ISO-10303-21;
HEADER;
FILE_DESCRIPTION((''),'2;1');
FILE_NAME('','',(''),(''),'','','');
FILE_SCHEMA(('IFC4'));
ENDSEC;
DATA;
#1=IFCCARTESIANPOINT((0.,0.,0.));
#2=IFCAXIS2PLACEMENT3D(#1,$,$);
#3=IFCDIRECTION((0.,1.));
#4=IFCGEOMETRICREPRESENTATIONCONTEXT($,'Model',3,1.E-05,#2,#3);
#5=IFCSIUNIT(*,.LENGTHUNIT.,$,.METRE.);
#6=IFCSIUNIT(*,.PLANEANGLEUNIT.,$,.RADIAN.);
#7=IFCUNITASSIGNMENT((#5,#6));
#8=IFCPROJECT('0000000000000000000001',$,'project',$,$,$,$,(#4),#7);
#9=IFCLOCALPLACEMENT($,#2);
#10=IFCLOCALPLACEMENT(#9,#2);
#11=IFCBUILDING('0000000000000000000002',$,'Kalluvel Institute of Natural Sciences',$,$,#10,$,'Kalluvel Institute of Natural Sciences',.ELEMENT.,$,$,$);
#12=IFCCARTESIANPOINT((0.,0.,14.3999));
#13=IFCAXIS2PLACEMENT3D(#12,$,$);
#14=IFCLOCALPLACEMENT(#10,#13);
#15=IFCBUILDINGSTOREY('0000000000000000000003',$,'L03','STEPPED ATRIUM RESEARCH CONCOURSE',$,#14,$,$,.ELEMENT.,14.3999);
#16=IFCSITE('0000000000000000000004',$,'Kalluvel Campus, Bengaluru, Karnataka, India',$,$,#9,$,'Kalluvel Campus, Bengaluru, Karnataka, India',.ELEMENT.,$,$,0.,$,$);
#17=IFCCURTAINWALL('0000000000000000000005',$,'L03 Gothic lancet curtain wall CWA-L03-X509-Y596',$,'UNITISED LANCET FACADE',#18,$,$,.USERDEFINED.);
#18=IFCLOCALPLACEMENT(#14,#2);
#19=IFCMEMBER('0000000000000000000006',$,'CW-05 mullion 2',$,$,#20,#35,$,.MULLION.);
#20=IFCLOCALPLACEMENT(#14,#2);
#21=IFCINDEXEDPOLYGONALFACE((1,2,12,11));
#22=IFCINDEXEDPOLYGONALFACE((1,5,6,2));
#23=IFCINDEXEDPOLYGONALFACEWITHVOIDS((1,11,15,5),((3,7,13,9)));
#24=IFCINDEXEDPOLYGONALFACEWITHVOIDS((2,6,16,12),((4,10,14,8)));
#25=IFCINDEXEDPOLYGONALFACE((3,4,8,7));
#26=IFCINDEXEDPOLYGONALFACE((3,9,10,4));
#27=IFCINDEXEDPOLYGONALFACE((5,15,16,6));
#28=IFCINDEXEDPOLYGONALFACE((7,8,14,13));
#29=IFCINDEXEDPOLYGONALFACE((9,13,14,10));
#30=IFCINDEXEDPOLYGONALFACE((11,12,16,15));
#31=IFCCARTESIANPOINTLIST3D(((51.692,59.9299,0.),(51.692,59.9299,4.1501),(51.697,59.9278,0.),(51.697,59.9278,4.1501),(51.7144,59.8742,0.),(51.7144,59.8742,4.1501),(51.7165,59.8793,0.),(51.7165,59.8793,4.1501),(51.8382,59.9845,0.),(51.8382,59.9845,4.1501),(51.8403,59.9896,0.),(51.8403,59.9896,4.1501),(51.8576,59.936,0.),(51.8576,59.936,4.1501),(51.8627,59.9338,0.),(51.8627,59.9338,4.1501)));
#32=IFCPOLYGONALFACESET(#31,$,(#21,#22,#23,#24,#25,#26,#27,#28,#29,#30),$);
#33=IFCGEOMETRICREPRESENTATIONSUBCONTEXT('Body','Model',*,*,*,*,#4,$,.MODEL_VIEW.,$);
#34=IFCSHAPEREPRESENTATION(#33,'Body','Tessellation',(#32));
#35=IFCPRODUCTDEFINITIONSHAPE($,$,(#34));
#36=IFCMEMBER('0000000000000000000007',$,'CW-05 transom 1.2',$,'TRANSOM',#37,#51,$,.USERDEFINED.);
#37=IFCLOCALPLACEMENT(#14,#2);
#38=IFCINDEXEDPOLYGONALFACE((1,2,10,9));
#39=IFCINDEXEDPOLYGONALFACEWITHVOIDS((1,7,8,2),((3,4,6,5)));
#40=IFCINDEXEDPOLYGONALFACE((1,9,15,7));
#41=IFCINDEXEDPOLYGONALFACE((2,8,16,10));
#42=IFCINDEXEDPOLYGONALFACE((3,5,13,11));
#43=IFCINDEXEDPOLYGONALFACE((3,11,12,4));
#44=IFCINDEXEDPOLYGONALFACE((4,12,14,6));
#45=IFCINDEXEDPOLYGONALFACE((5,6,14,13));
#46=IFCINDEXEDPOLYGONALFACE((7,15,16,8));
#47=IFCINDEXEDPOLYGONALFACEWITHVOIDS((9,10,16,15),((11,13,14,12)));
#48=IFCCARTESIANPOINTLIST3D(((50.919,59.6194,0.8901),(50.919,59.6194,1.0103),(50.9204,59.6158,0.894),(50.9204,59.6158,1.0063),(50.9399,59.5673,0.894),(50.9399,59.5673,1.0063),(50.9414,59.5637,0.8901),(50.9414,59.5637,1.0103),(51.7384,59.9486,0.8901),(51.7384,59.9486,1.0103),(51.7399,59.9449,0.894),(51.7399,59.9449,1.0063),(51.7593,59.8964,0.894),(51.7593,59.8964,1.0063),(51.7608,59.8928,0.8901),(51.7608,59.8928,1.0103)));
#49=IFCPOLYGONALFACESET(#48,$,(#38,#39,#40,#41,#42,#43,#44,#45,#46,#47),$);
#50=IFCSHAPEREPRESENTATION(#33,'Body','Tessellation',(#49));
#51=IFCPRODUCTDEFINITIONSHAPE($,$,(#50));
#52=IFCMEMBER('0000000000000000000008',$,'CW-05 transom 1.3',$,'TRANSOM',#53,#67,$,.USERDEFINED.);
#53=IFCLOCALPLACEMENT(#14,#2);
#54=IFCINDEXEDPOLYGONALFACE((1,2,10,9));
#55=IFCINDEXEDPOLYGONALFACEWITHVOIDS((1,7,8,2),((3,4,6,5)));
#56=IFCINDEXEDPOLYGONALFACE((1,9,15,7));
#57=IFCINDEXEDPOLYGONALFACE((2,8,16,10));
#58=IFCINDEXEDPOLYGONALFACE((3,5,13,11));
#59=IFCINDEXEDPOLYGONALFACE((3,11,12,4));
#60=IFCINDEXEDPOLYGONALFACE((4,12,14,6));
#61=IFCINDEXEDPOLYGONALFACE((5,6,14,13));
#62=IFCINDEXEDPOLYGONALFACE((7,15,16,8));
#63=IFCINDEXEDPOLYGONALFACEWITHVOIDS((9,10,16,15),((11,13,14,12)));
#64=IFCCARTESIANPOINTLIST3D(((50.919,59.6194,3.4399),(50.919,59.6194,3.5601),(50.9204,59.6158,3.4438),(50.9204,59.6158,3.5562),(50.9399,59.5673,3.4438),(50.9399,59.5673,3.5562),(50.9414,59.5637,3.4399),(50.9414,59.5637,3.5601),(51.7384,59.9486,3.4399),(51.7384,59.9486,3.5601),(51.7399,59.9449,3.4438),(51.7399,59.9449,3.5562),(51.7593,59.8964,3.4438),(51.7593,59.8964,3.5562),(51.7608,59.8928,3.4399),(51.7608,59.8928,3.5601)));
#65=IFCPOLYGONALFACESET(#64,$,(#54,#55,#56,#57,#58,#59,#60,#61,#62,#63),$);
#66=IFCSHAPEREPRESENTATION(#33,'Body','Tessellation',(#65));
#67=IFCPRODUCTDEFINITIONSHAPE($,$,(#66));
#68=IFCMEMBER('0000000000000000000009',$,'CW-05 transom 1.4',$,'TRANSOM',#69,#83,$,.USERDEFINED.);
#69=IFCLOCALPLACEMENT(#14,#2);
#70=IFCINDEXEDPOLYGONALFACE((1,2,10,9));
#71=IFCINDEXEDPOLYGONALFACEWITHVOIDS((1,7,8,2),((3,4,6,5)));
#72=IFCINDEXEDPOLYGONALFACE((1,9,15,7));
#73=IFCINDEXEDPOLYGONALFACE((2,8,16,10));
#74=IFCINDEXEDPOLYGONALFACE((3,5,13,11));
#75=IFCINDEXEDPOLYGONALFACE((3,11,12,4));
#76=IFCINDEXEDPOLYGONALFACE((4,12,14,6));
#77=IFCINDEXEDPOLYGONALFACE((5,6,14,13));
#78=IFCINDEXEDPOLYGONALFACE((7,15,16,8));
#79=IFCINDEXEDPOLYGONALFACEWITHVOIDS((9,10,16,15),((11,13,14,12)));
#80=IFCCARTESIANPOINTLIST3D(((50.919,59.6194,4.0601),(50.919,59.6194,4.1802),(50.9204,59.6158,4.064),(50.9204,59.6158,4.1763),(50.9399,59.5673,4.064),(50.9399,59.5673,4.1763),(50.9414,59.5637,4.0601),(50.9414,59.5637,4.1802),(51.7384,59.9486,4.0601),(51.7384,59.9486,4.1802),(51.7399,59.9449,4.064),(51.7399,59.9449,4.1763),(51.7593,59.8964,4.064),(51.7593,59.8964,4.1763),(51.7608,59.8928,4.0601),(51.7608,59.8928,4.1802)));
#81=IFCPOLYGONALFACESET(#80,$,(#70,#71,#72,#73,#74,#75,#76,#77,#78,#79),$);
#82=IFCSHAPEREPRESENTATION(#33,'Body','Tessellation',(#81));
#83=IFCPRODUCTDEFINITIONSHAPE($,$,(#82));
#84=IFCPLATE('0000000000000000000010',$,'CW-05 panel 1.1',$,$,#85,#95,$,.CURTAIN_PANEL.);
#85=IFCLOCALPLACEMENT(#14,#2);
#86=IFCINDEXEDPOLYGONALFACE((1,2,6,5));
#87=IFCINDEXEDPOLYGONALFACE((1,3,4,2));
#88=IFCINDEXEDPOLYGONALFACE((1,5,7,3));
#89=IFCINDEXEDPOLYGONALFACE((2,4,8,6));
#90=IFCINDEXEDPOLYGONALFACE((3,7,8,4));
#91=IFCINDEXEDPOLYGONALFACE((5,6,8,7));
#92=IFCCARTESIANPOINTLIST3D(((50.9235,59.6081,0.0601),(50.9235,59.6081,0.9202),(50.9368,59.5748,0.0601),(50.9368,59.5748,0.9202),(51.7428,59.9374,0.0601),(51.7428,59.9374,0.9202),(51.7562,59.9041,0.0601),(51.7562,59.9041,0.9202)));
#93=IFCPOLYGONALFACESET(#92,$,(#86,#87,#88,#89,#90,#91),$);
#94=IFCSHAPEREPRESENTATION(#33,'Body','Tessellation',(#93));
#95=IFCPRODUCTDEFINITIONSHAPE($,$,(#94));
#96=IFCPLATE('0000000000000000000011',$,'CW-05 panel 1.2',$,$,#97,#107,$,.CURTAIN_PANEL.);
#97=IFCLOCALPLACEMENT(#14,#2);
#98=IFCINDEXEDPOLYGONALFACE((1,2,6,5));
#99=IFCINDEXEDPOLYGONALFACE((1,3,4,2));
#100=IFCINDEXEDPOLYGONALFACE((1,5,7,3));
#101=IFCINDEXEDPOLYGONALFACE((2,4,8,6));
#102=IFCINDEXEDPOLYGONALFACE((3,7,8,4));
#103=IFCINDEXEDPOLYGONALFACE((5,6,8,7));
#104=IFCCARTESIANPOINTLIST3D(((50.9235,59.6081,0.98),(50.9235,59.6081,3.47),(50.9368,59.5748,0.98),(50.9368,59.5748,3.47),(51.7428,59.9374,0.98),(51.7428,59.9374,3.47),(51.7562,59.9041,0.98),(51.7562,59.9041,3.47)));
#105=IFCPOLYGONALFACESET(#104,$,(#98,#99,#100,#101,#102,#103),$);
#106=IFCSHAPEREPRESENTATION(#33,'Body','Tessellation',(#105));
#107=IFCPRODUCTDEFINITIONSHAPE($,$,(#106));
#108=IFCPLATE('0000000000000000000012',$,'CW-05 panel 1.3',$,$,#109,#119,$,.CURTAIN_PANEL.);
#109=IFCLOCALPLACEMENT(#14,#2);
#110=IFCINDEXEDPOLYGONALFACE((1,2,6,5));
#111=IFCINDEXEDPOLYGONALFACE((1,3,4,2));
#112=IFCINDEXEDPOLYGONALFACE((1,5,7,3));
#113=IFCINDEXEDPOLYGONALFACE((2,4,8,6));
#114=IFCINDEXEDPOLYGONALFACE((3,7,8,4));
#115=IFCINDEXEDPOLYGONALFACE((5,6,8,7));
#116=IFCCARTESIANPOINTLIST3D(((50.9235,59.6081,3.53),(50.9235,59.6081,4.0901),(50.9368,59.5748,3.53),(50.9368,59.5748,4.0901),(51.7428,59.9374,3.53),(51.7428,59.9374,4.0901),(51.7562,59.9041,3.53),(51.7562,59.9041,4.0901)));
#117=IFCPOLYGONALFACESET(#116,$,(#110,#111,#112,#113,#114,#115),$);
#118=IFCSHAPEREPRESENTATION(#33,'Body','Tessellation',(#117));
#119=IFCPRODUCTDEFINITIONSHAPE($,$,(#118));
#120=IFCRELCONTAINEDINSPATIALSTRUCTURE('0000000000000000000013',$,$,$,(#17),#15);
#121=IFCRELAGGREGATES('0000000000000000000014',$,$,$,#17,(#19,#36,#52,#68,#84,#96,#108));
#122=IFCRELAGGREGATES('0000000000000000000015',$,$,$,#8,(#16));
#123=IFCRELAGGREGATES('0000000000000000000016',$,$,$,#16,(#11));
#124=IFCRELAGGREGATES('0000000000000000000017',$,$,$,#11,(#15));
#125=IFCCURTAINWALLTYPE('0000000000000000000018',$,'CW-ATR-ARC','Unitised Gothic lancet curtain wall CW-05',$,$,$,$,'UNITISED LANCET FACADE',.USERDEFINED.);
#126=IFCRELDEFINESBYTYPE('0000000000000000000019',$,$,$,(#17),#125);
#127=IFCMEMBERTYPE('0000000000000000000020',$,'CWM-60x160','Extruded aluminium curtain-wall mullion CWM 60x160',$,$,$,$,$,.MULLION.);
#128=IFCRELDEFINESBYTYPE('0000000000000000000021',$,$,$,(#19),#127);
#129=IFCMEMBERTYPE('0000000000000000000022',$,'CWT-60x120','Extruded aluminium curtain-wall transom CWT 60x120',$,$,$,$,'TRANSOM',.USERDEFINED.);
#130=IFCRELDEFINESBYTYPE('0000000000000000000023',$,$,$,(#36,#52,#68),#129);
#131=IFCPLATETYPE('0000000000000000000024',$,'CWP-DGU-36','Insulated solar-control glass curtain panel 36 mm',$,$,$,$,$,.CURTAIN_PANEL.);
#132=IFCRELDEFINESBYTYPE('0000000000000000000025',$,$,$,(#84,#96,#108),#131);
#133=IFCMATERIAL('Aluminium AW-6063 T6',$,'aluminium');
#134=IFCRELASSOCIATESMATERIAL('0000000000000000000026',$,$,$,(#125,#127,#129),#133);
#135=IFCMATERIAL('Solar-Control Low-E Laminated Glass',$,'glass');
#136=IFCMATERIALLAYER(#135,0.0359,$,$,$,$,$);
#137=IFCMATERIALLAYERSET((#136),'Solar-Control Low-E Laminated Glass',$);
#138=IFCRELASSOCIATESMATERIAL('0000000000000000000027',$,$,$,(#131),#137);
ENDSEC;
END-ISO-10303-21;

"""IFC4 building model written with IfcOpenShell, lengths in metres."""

from ifc_helpers import new_model, si_unit, direction, frame, origin, origin_2d, place, context, subcontext, project, spatial, rectangle, hollow_rectangle, extrude, material, layer, layer_set, material_profile, profile_set, type_object, element, aggregate, save


model = new_model("IFC4")

# Units and contexts
model_context = context("Model", 3, precision=1e-05, world=origin(), true_north=direction((0.0, 1.0)))
body_context = subcontext(model_context, "Body", "Model", "MODEL_VIEW")
ifc_project = project(units=[si_unit("LENGTHUNIT", "METRE"), si_unit("PLANEANGLEUNIT", "RADIAN")], contexts=[model_context])

# Site, building, storey
site_placement = place(None, origin())
site = spatial("IfcSite", under=ifc_project, at=site_placement, Name="Kalluvel Campus, Bengaluru, Karnataka, India", LongName="Kalluvel Campus, Bengaluru, Karnataka, India", CompositionType="ELEMENT", RefElevation=0.0)
building_placement = place(site_placement, origin())
building = spatial("IfcBuilding", under=site, at=building_placement, Name="Kalluvel Institute of Natural Sciences", LongName="Kalluvel Institute of Natural Sciences", CompositionType="ELEMENT")
storey_placement = place(building_placement, frame((0.0, 0.0, 14.3999)))
storey = spatial("IfcBuildingStorey", under=building, at=storey_placement, Name="L03", Description="STEPPED ATRIUM RESEARCH CONCOURSE", CompositionType="ELEMENT", Elevation=14.3999)

# Curtain wall, members, plates
ifc_material_1 = material(Name="Aluminium AW-6063 T6", Category="aluminium")
curtain_wall_type = type_object("IfcCurtainWallType", Name="CW-ATR-ARC", Description="Unitised Gothic lancet curtain wall CW-05", ElementType="UNITISED LANCET FACADE", PredefinedType="USERDEFINED", material=ifc_material_1)
curtain_wall_placement = place(storey_placement, origin())
curtain_wall = element("IfcCurtainWall", 1, at=curtain_wall_placement, inside=storey, type_object=curtain_wall_type, Name="L03 Gothic lancet curtain wall CWA-L03-X509-Y596", ObjectType="UNITISED LANCET FACADE", PredefinedType="USERDEFINED")
ifc_material_profile_1 = material_profile(ifc_material_1, hollow_rectangle(XDim=0.0601, YDim=0.1599, WallThickness=0.0039, at=origin_2d()), Name="CWM 60x160")
ifc_profile_set_1 = profile_set([ifc_material_profile_1], Name="Aluminium AW-6063 T6")
member_type_1 = type_object("IfcMemberType", Name="CWM-60x160", Description="Extruded aluminium curtain-wall mullion CWM 60x160", PredefinedType="MULLION", material=ifc_profile_set_1)
member_1_placement = place(storey_placement, frame((51.7773, 59.9319, 0.0), z_axis=(0.0, 0.0, 1.0), x_axis=(-0.372857, 0.927889, 0.0)))
member_1 = element("IfcMember", 2, at=member_1_placement, type_object=member_type_1, Name="CW-05 mullion 2", PredefinedType="MULLION", context=body_context, shape_type="SweptSolid", body=[
    extrude(hollow_rectangle(XDim=0.0601, YDim=0.1599, WallThickness=0.0039, at=origin_2d()), origin(), (0.0, 0.0, 1.0), 4.1501),
])
ifc_material_profile_2 = material_profile(ifc_material_1, hollow_rectangle(XDim=0.0601, YDim=0.1201, WallThickness=0.0039, at=origin_2d()), Name="CWT 60x120")
ifc_profile_set_2 = profile_set([ifc_material_profile_2], Name="Aluminium AW-6063 T6")
member_type_2 = type_object("IfcMemberType", Name="CWT-60x120", Description="Extruded aluminium curtain-wall transom CWT 60x120", ElementType="TRANSOM", PredefinedType="USERDEFINED", material=ifc_profile_set_2)
member_2_placement = place(storey_placement, frame((50.9302, 59.5916, 0.9502), z_axis=(0.927942, 0.372725, 0.0), x_axis=(-0.372725, 0.927942, 0.0)))
member_2 = element("IfcMember", 3, at=member_2_placement, type_object=member_type_2, Name="CW-05 transom 1.2", ObjectType="TRANSOM", PredefinedType="USERDEFINED", context=body_context, shape_type="SweptSolid", body=[
    extrude(hollow_rectangle(XDim=0.0601, YDim=0.1201, WallThickness=0.0039, at=origin_2d()), origin(), (0.0, 0.0, 1.0), 0.8831),
])
member_3_placement = place(storey_placement, frame((50.9302, 59.5916, 3.5), z_axis=(0.927942, 0.372725, 0.0), x_axis=(-0.372725, 0.927942, 0.0)))
member_3 = element("IfcMember", 4, at=member_3_placement, type_object=member_type_2, Name="CW-05 transom 1.3", ObjectType="TRANSOM", PredefinedType="USERDEFINED", context=body_context, shape_type="SweptSolid", body=[
    extrude(hollow_rectangle(XDim=0.0601, YDim=0.1201, WallThickness=0.0039, at=origin_2d()), origin(), (0.0, 0.0, 1.0), 0.8831),
])
member_4_placement = place(storey_placement, frame((50.9302, 59.5916, 4.1201), z_axis=(0.927942, 0.372725, 0.0), x_axis=(-0.372725, 0.927942, 0.0)))
member_4 = element("IfcMember", 5, at=member_4_placement, type_object=member_type_2, Name="CW-05 transom 1.4", ObjectType="TRANSOM", PredefinedType="USERDEFINED", context=body_context, shape_type="SweptSolid", body=[
    extrude(hollow_rectangle(XDim=0.0601, YDim=0.1201, WallThickness=0.0039, at=origin_2d()), origin(), (0.0, 0.0, 1.0), 0.8831),
])
ifc_material_2 = material(Name="Solar-Control Low-E Laminated Glass", Category="glass")
ifc_layer = layer(ifc_material_2, 0.0359)
ifc_layer_set = layer_set([ifc_layer], Name="Solar-Control Low-E Laminated Glass")
plate_type = type_object("IfcPlateType", Name="CWP-DGU-36", Description="Insulated solar-control glass curtain panel 36 mm", PredefinedType="CURTAIN_PANEL", material=ifc_layer_set)
plate_1_placement = place(storey_placement, frame((51.3398, 59.7561, 0.0601), z_axis=(0.0, 0.0, 1.0), x_axis=(0.927889, 0.372857, 0.0)))
plate_1 = element("IfcPlate", 6, at=plate_1_placement, type_object=plate_type, Name="CW-05 panel 1.1", PredefinedType="CURTAIN_PANEL", context=body_context, shape_type="SweptSolid", body=[
    extrude(rectangle(XDim=0.8831, YDim=0.0359, at=origin_2d()), origin(), (0.0, 0.0, 1.0), 0.8601),
])
plate_2_placement = place(storey_placement, frame((51.3398, 59.7561, 0.98), z_axis=(0.0, 0.0, 1.0), x_axis=(0.927889, 0.372857, 0.0)))
plate_2 = element("IfcPlate", 7, at=plate_2_placement, type_object=plate_type, Name="CW-05 panel 1.2", PredefinedType="CURTAIN_PANEL", context=body_context, shape_type="SweptSolid", body=[
    extrude(rectangle(XDim=0.8831, YDim=0.0359, at=origin_2d()), origin(), (0.0, 0.0, 1.0), 2.49),
])
plate_3_placement = place(storey_placement, frame((51.3398, 59.7561, 3.53), z_axis=(0.0, 0.0, 1.0), x_axis=(0.927889, 0.372857, 0.0)))
plate_3 = element("IfcPlate", 8, at=plate_3_placement, type_object=plate_type, Name="CW-05 panel 1.3", PredefinedType="CURTAIN_PANEL", context=body_context, shape_type="SweptSolid", body=[
    extrude(rectangle(XDim=0.8831, YDim=0.0359, at=origin_2d()), origin(), (0.0, 0.0, 1.0), 0.5601),
])
aggregate(curtain_wall, [member_1, member_2, member_3, member_4, plate_1, plate_2, plate_3])

save(model, "model.ifc")
